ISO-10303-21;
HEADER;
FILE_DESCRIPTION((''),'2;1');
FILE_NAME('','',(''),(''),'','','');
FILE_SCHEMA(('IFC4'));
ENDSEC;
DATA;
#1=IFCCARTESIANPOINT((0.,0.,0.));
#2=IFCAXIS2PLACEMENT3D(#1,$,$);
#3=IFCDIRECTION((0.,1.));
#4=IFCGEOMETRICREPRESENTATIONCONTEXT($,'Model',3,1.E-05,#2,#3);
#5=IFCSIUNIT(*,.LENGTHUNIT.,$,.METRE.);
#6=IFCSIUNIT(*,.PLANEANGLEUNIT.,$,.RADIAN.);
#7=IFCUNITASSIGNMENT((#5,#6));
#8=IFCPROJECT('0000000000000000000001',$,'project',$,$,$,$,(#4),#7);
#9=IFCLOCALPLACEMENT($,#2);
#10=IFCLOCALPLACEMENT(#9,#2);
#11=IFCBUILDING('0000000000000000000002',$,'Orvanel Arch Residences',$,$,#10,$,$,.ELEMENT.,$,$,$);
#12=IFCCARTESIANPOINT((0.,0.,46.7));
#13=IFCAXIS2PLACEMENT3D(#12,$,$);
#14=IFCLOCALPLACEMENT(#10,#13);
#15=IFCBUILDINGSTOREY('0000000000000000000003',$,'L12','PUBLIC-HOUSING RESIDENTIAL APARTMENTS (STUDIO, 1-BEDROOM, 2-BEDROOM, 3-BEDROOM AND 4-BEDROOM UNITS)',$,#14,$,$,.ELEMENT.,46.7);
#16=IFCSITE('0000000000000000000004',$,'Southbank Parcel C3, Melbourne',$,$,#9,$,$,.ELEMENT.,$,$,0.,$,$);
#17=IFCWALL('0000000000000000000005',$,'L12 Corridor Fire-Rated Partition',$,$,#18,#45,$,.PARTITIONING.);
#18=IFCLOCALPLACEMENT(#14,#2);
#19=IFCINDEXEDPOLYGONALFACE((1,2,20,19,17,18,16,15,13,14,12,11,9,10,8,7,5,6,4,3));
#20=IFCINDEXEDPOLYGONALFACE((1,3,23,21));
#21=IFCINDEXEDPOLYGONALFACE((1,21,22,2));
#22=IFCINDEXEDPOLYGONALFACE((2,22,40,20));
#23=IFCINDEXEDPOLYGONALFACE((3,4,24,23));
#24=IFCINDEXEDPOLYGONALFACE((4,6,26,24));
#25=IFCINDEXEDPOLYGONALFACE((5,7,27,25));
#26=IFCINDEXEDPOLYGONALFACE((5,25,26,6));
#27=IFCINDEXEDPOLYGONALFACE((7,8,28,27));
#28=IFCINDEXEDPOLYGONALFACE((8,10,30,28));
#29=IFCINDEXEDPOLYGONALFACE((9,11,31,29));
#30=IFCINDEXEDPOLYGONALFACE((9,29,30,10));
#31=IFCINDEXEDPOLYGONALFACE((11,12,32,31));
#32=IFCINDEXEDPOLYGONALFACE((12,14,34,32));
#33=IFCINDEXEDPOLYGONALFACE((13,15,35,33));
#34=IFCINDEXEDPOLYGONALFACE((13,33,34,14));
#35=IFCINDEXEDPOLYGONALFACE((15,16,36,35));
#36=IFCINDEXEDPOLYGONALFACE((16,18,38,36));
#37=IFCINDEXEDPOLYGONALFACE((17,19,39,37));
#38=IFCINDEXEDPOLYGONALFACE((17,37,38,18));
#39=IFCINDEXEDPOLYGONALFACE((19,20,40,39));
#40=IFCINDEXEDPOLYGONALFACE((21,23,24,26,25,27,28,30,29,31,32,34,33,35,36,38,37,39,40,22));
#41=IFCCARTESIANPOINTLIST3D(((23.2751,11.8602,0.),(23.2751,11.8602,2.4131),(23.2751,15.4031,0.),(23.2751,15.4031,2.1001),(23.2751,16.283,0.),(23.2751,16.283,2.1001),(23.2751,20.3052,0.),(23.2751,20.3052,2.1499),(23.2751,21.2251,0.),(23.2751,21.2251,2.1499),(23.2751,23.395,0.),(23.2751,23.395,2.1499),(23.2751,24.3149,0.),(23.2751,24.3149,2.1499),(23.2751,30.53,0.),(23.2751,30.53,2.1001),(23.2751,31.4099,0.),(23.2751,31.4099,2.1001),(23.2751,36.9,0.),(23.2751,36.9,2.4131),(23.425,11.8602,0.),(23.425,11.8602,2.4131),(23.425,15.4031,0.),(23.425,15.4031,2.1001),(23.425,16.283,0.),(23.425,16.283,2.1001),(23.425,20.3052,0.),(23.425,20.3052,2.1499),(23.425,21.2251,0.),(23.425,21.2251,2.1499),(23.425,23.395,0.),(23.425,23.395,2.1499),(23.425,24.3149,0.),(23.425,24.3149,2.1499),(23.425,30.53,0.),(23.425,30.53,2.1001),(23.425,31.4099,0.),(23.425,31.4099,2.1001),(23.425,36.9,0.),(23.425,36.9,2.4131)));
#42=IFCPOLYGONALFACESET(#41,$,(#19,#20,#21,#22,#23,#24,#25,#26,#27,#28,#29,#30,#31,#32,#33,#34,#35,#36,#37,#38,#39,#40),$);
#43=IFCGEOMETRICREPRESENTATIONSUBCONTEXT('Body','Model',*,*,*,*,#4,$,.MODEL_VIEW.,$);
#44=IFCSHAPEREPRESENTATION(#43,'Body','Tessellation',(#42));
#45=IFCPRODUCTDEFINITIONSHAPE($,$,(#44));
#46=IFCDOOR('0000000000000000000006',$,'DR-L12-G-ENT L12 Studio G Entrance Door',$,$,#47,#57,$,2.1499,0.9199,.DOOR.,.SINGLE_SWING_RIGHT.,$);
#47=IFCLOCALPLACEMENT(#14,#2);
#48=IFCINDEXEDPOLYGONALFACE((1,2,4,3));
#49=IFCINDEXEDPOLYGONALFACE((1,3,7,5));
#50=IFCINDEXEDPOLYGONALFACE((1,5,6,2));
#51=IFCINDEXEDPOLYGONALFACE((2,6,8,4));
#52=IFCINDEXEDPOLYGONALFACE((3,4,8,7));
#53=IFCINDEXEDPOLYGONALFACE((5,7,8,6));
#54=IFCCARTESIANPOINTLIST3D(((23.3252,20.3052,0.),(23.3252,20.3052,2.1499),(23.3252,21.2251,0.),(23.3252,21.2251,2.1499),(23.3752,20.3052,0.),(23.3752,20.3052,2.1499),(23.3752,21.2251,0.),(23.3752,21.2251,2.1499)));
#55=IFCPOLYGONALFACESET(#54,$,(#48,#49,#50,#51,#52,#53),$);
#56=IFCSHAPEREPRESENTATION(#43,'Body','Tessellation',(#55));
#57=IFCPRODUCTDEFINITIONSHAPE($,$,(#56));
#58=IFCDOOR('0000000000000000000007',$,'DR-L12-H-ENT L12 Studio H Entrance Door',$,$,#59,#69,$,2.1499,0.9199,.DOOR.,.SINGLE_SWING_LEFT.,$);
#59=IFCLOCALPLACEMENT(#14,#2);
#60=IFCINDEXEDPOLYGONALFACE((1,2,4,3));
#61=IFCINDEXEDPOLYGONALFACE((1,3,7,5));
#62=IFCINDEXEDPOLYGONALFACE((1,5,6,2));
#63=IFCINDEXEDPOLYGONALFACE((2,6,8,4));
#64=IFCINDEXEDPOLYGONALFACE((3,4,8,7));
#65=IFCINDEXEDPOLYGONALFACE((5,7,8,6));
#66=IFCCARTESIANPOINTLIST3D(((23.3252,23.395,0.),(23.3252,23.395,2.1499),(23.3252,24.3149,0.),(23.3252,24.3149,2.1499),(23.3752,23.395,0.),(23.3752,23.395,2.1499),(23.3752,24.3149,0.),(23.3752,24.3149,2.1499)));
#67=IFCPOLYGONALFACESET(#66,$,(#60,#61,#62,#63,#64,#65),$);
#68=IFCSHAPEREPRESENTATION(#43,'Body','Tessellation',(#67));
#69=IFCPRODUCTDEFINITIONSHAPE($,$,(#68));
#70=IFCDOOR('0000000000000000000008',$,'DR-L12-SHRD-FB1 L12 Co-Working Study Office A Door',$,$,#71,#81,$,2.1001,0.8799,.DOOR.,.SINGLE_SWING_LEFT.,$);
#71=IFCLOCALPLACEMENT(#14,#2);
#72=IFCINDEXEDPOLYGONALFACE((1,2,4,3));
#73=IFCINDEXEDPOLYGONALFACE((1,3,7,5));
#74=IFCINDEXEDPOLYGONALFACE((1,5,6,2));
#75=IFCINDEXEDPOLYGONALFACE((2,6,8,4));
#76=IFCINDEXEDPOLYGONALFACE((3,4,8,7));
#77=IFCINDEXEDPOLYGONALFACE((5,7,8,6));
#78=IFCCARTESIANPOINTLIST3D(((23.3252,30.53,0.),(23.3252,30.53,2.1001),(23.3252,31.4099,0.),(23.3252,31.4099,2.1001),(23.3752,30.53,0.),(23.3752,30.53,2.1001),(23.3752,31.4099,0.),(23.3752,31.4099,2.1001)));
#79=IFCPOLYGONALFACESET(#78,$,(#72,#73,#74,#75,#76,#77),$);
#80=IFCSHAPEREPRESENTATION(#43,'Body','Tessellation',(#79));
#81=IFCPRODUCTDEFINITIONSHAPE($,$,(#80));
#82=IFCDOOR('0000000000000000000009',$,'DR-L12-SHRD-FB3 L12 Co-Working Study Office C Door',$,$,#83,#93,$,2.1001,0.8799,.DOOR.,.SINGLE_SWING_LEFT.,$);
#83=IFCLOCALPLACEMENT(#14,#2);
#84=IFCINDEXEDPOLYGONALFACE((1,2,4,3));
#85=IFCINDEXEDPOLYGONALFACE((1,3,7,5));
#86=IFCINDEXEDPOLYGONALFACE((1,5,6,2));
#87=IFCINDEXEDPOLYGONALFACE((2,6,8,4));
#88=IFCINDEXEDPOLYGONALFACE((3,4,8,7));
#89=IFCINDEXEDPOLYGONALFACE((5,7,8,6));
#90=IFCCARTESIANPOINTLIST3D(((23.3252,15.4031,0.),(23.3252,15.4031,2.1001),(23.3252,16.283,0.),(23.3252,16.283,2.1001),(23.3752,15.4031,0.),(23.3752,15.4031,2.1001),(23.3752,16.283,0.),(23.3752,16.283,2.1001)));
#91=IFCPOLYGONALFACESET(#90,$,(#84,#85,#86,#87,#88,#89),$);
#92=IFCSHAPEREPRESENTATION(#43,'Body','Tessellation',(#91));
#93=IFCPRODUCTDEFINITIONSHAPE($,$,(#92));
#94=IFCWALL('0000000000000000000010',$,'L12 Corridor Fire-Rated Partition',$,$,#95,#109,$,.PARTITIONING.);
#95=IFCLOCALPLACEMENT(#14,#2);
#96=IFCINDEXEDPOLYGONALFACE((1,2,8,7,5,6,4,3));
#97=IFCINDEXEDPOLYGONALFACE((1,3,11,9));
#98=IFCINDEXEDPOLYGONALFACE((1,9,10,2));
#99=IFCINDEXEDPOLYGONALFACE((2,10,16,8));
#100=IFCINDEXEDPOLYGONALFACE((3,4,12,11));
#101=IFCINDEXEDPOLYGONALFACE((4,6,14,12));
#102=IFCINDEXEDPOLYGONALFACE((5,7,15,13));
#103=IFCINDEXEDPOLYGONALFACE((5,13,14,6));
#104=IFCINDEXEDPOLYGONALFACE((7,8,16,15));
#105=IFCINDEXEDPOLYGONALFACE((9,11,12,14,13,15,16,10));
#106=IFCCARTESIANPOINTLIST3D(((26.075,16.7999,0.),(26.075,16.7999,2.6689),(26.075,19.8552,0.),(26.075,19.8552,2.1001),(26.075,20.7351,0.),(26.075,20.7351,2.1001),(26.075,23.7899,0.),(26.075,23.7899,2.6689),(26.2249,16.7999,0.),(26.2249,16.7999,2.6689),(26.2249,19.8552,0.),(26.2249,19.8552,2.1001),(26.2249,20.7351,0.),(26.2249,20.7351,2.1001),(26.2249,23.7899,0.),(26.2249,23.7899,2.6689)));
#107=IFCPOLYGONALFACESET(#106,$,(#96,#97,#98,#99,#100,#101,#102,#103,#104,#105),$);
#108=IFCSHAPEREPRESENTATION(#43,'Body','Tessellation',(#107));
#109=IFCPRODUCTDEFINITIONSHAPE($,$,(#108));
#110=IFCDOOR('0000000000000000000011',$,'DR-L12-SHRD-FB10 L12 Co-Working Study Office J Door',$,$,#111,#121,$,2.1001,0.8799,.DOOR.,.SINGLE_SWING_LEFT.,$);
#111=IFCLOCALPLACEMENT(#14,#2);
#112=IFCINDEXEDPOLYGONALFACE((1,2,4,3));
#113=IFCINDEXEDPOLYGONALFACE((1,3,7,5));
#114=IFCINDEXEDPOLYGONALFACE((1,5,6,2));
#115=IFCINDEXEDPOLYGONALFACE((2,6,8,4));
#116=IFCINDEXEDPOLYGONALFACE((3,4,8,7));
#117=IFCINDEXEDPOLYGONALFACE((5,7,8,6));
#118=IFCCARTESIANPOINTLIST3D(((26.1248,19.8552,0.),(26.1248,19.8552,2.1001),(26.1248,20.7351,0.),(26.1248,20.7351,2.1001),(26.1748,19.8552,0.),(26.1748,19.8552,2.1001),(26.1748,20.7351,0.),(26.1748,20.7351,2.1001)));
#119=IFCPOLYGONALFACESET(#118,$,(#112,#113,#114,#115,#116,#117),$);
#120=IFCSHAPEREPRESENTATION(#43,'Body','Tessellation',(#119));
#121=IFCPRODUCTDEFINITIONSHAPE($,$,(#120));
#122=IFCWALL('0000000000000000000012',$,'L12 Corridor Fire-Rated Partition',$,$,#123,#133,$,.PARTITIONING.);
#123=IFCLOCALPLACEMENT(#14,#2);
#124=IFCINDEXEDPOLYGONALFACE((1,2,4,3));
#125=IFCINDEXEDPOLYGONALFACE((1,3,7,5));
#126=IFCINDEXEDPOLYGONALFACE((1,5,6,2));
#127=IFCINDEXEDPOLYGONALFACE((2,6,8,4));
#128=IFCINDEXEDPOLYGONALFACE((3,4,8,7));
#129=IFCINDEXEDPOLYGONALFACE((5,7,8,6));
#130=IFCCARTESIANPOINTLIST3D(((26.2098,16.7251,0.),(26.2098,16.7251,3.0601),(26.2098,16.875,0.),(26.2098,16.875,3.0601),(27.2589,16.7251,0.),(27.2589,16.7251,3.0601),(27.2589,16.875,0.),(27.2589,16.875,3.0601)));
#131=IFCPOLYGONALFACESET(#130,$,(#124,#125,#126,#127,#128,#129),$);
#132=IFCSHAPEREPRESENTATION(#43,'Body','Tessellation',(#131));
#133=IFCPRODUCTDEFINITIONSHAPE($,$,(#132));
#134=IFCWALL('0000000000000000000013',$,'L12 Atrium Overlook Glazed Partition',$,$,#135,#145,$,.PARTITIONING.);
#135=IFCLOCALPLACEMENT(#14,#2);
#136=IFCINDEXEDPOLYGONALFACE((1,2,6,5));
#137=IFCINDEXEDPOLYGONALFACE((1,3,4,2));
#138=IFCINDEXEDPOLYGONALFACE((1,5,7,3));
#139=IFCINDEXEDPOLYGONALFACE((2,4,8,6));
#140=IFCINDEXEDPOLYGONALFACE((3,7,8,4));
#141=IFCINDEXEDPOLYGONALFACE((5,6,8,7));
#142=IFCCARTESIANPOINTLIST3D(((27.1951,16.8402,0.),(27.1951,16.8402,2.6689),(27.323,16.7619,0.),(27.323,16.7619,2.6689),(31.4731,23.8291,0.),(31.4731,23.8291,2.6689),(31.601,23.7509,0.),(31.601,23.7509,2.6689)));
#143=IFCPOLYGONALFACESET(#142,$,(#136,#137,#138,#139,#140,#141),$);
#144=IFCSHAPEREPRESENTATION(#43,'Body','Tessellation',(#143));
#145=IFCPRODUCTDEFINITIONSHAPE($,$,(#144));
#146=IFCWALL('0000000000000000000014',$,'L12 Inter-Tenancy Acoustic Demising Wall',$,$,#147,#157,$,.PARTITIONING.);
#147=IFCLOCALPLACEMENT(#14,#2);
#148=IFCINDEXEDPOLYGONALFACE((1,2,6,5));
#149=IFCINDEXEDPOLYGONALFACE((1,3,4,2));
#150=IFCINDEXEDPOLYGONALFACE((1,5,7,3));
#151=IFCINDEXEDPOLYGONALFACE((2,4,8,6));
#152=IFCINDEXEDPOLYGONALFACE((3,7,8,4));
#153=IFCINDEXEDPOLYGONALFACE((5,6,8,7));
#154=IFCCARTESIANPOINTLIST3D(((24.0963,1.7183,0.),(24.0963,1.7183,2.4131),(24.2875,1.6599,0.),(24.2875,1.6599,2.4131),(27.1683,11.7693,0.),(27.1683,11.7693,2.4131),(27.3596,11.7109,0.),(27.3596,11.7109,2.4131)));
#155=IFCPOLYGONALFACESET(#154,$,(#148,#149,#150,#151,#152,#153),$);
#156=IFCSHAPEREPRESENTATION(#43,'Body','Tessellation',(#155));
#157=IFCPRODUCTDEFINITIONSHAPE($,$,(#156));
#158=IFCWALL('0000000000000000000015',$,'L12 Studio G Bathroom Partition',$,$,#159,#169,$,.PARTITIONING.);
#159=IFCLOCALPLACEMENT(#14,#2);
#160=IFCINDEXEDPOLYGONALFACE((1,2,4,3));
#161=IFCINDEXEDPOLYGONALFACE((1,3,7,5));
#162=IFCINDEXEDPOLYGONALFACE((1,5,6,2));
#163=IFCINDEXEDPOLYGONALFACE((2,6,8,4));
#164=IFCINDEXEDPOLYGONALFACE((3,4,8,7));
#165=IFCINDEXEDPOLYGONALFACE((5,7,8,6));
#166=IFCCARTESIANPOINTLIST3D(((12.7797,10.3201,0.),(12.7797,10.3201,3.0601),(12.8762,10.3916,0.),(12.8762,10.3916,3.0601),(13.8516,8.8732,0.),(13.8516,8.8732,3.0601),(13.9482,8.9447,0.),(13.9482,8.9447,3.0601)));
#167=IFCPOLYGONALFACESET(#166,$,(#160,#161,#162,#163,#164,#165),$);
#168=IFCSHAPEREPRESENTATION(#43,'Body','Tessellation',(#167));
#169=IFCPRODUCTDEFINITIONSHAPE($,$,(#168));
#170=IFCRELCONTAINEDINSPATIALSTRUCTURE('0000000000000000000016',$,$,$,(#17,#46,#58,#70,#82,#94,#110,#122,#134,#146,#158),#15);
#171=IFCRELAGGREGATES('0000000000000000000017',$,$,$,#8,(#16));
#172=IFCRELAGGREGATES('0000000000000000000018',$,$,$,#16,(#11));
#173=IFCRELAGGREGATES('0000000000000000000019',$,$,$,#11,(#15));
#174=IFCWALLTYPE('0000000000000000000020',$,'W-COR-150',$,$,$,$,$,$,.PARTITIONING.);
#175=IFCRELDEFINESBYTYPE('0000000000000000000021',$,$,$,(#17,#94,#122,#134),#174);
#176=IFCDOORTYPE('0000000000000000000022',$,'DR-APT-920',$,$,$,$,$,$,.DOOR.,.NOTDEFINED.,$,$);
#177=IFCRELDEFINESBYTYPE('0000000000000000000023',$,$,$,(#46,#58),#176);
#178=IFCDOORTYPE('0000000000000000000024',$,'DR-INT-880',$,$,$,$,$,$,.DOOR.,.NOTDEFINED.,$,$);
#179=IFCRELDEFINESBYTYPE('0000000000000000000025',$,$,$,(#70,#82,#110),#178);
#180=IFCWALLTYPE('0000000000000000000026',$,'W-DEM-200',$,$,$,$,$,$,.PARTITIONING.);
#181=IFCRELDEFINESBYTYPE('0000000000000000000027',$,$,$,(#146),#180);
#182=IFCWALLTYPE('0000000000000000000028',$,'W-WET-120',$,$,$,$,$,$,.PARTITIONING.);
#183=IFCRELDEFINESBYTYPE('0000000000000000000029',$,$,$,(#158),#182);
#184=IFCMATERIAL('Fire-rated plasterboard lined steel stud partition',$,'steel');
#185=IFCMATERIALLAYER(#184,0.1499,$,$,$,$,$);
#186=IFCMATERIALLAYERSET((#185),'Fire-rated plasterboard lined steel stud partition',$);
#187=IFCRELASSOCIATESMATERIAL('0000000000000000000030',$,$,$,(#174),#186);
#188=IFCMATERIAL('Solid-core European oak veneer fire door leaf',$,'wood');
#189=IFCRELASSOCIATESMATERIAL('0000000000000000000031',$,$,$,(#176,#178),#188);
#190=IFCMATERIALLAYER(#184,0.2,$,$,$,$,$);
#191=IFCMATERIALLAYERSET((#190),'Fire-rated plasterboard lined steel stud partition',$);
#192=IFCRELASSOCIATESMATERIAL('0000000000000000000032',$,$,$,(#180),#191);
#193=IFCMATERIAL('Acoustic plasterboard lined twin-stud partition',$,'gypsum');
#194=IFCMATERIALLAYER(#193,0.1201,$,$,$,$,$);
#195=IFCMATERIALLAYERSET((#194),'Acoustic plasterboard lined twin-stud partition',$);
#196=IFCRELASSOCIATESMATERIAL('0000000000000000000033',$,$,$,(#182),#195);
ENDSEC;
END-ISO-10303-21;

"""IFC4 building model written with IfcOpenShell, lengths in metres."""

from ifc_helpers import new_model, si_unit, direction, frame, frame_2d, origin, place, context, subcontext, project, spatial, rectangle, extrude, material, layer, layer_set, type_object, element, fill, save


model = new_model("IFC4")

# Units and contexts
model_context = context("Model", 3, precision=1e-05, world=origin(), true_north=direction((0.0, 1.0)))
body_context = subcontext(model_context, "Body", "Model", "MODEL_VIEW")
ifc_project = project(units=[si_unit("LENGTHUNIT", "METRE"), si_unit("PLANEANGLEUNIT", "RADIAN")], contexts=[model_context])

# Site, building, storey
site_placement = place(None, origin())
site = spatial("IfcSite", under=ifc_project, at=site_placement, Name="Southbank Parcel C3, Melbourne", CompositionType="ELEMENT", RefElevation=0.0)
building_placement = place(site_placement, origin())
building = spatial("IfcBuilding", under=site, at=building_placement, Name="Orvanel Arch Residences", CompositionType="ELEMENT")
storey_placement = place(building_placement, frame((0.0, 0.0, 46.7)))
storey = spatial("IfcBuildingStorey", under=building, at=storey_placement, Name="L12", Description="PUBLIC-HOUSING RESIDENTIAL APARTMENTS (STUDIO, 1-BEDROOM, 2-BEDROOM, 3-BEDROOM AND 4-BEDROOM UNITS)", CompositionType="ELEMENT", Elevation=46.7)

# Wall, openings, doors
ifc_material_1 = material(Name="Fire-rated plasterboard lined steel stud partition", Category="steel")
ifc_layer_1 = layer(ifc_material_1, 0.1499)
ifc_layer_set_1 = layer_set([ifc_layer_1], Name="Fire-rated plasterboard lined steel stud partition")
wall_type_1 = type_object("IfcWallType", Name="W-COR-150", PredefinedType="PARTITIONING", material=ifc_layer_set_1)
wall_1_placement = place(storey_placement, frame((23.3501, 11.8601, 0.0), z_axis=(0.0, 0.0, 1.0), x_axis=(0.0, 1.0, 0.0)))
wall_1 = element("IfcWall", 1, at=wall_1_placement, inside=storey, type_object=wall_type_1, Name="L12 Corridor Fire-Rated Partition", PredefinedType="PARTITIONING", context=body_context, shape_type="SweptSolid", body=[
    extrude(rectangle(XDim=25.0398, YDim=0.1499, at=frame_2d((12.52, 0.0))), origin(), (0.0, 0.0, 1.0), 2.4131),
])
opening_1_placement = place(wall_1_placement, frame((18.6699, 0.0, 0.0)))
opening_1 = element("IfcOpeningElement", 2, at=opening_1_placement, cuts=wall_1, PredefinedType="OPENING", context=body_context, shape_type="SweptSolid", body=[
    extrude(rectangle(XDim=0.8799, YDim=2.1001, at=frame_2d((0.4399, 1.05))), frame((0.0, 0.085, 0.0), z_axis=(0.0, -1.0, 0.0), x_axis=(1.0, 0.0, 0.0)), (0.0, 0.0, 1.0), 0.1699),
])
opening_2_placement = place(wall_1_placement, frame((3.543, 0.0, 0.0)))
opening_2 = element("IfcOpeningElement", 3, at=opening_2_placement, cuts=wall_1, PredefinedType="OPENING", context=body_context, shape_type="SweptSolid", body=[
    extrude(rectangle(XDim=0.8799, YDim=2.1001, at=frame_2d((0.4399, 1.05))), frame((0.0, 0.085, 0.0), z_axis=(0.0, -1.0, 0.0), x_axis=(1.0, 0.0, 0.0)), (0.0, 0.0, 1.0), 0.1699),
])
opening_3_placement = place(wall_1_placement, frame((8.4451, 0.0, 0.0)))
opening_3 = element("IfcOpeningElement", 4, at=opening_3_placement, cuts=wall_1, PredefinedType="OPENING", context=body_context, shape_type="SweptSolid", body=[
    extrude(rectangle(XDim=0.9199, YDim=2.1499, at=frame_2d((0.46, 1.075))), frame((0.0, 0.085, 0.0), z_axis=(0.0, -1.0, 0.0), x_axis=(1.0, 0.0, 0.0)), (0.0, 0.0, 1.0), 0.1699),
])
opening_4_placement = place(wall_1_placement, frame((11.5349, 0.0, 0.0)))
opening_4 = element("IfcOpeningElement", 5, at=opening_4_placement, cuts=wall_1, PredefinedType="OPENING", context=body_context, shape_type="SweptSolid", body=[
    extrude(rectangle(XDim=0.9199, YDim=2.1499, at=frame_2d((0.46, 1.075))), frame((0.0, 0.085, 0.0), z_axis=(0.0, -1.0, 0.0), x_axis=(1.0, 0.0, 0.0)), (0.0, 0.0, 1.0), 0.1699),
])
ifc_material_2 = material(Name="Solid-core European oak veneer fire door leaf", Category="wood")
door_type_1 = type_object("IfcDoorType", Name="DR-APT-920", OperationType="NOTDEFINED", PredefinedType="DOOR", material=ifc_material_2)
door_1_placement = place(opening_3_placement, origin())
door_1 = element("IfcDoor", 6, at=door_1_placement, inside=storey, type_object=door_type_1, Name="DR-L12-G-ENT L12 Studio G Entrance Door", OperationType="SINGLE_SWING_RIGHT", OverallHeight=2.1499, OverallWidth=0.9199, PredefinedType="DOOR", context=body_context, shape_type="SweptSolid", body=[
    extrude(rectangle(XDim=0.9199, YDim=2.1499, at=frame_2d((0.46, 1.075))), frame((0.0, 0.0249, 0.0), z_axis=(0.0, -1.0, 0.0), x_axis=(1.0, 0.0, 0.0)), (0.0, 0.0, 1.0), 0.05),
])
fill(opening_3, door_1)
door_2_placement = place(opening_4_placement, origin())
door_2 = element("IfcDoor", 7, at=door_2_placement, inside=storey, type_object=door_type_1, Name="DR-L12-H-ENT L12 Studio H Entrance Door", OperationType="SINGLE_SWING_LEFT", OverallHeight=2.1499, OverallWidth=0.9199, PredefinedType="DOOR", context=body_context, shape_type="SweptSolid", body=[
    extrude(rectangle(XDim=0.9199, YDim=2.1499, at=frame_2d((0.46, 1.075))), frame((0.0, 0.0249, 0.0), z_axis=(0.0, -1.0, 0.0), x_axis=(1.0, 0.0, 0.0)), (0.0, 0.0, 1.0), 0.05),
])
fill(opening_4, door_2)
door_type_2 = type_object("IfcDoorType", Name="DR-INT-880", OperationType="NOTDEFINED", PredefinedType="DOOR", material=ifc_material_2)
door_3_placement = place(opening_1_placement, origin())
door_3 = element("IfcDoor", 8, at=door_3_placement, inside=storey, type_object=door_type_2, Name="DR-L12-SHRD-FB1 L12 Co-Working Study Office A Door", OperationType="SINGLE_SWING_LEFT", OverallHeight=2.1001, OverallWidth=0.8799, PredefinedType="DOOR", context=body_context, shape_type="SweptSolid", body=[
    extrude(rectangle(XDim=0.8799, YDim=2.1001, at=frame_2d((0.4399, 1.05))), frame((0.0, 0.0249, 0.0), z_axis=(0.0, -1.0, 0.0), x_axis=(1.0, 0.0, 0.0)), (0.0, 0.0, 1.0), 0.05),
])
fill(opening_1, door_3)
door_4_placement = place(opening_2_placement, origin())
door_4 = element("IfcDoor", 9, at=door_4_placement, inside=storey, type_object=door_type_2, Name="DR-L12-SHRD-FB3 L12 Co-Working Study Office C Door", OperationType="SINGLE_SWING_LEFT", OverallHeight=2.1001, OverallWidth=0.8799, PredefinedType="DOOR", context=body_context, shape_type="SweptSolid", body=[
    extrude(rectangle(XDim=0.8799, YDim=2.1001, at=frame_2d((0.4399, 1.05))), frame((0.0, 0.0249, 0.0), z_axis=(0.0, -1.0, 0.0), x_axis=(1.0, 0.0, 0.0)), (0.0, 0.0, 1.0), 0.05),
])
fill(opening_2, door_4)

# Wall, opening, door
wall_2_placement = place(storey_placement, frame((26.1499, 23.79, 0.0), z_axis=(0.0, 0.0, 1.0), x_axis=(0.0, -1.0, 0.0)))
wall_2 = element("IfcWall", 10, at=wall_2_placement, inside=storey, type_object=wall_type_1, Name="L12 Corridor Fire-Rated Partition", PredefinedType="PARTITIONING", context=body_context, shape_type="SweptSolid", body=[
    extrude(rectangle(XDim=6.99, YDim=0.1499, at=frame_2d((3.4951, 0.0))), origin(), (0.0, 0.0, 1.0), 2.6689),
])
opening_5_placement = place(wall_2_placement, frame((3.0549, 0.0, 0.0)))
opening_5 = element("IfcOpeningElement", 11, at=opening_5_placement, cuts=wall_2, PredefinedType="OPENING", context=body_context, shape_type="SweptSolid", body=[
    extrude(rectangle(XDim=0.8799, YDim=2.1001, at=frame_2d((0.4399, 1.05))), frame((0.0, 0.085, 0.0), z_axis=(0.0, -1.0, 0.0), x_axis=(1.0, 0.0, 0.0)), (0.0, 0.0, 1.0), 0.1699),
])
door_5_placement = place(opening_5_placement, origin())
door_5 = element("IfcDoor", 12, at=door_5_placement, inside=storey, type_object=door_type_2, Name="DR-L12-SHRD-FB10 L12 Co-Working Study Office J Door", OperationType="SINGLE_SWING_LEFT", OverallHeight=2.1001, OverallWidth=0.8799, PredefinedType="DOOR", context=body_context, shape_type="SweptSolid", body=[
    extrude(rectangle(XDim=0.8799, YDim=2.1001, at=frame_2d((0.4399, 1.05))), frame((0.0, 0.0249, 0.0), z_axis=(0.0, -1.0, 0.0), x_axis=(1.0, 0.0, 0.0)), (0.0, 0.0, 1.0), 0.05),
])
fill(opening_5, door_5)

# Walls
wall_3_placement = place(storey_placement, frame((26.21, 16.8, 0.0), z_axis=(0.0, 0.0, 1.0), x_axis=(1.0, 0.0, 0.0)))
element("IfcWall", 13, at=wall_3_placement, inside=storey, type_object=wall_type_1, Name="L12 Corridor Fire-Rated Partition", PredefinedType="PARTITIONING", context=body_context, shape_type="SweptSolid", body=[
    extrude(rectangle(XDim=1.0491, YDim=0.1499, at=frame_2d((0.5244, 0.0))), origin(), (0.0, 0.0, 1.0), 3.0601),
])
wall_4_placement = place(storey_placement, frame((27.259, 16.801, 0.0), z_axis=(0.0, 0.0, 1.0), x_axis=(0.522073, 0.852901, 0.0)))
element("IfcWall", 14, at=wall_4_placement, inside=storey, type_object=wall_type_1, Name="L12 Atrium Overlook Glazed Partition", PredefinedType="PARTITIONING", context=body_context, shape_type="SweptSolid", body=[
    extrude(rectangle(XDim=8.1943, YDim=0.1499, at=frame_2d((4.0972, 0.0))), origin(), (0.0, 0.0, 1.0), 2.6689),
])
ifc_layer_2 = layer(ifc_material_1, 0.2)
ifc_layer_set_2 = layer_set([ifc_layer_2], Name="Fire-rated plasterboard lined steel stud partition")
wall_type_2 = type_object("IfcWallType", Name="W-DEM-200", PredefinedType="PARTITIONING", material=ifc_layer_set_2)
wall_5_placement = place(storey_placement, frame((27.2639, 11.74, 0.0), z_axis=(0.0, 0.0, 1.0), x_axis=(-0.292295, -0.956328, 0.0)))
element("IfcWall", 15, at=wall_5_placement, inside=storey, type_object=wall_type_2, Name="L12 Inter-Tenancy Acoustic Demising Wall", PredefinedType="PARTITIONING", context=body_context, shape_type="SweptSolid", body=[
    extrude(rectangle(XDim=10.51, YDim=0.2, at=frame_2d((5.2549, 0.0))), origin(), (0.0, 0.0, 1.0), 2.4131),
])
ifc_material_3 = material(Name="Acoustic plasterboard lined twin-stud partition", Category="gypsum")
ifc_layer_3 = layer(ifc_material_3, 0.1201)
ifc_layer_set_3 = layer_set([ifc_layer_3], Name="Acoustic plasterboard lined twin-stud partition")
wall_type_3 = type_object("IfcWallType", Name="W-WET-120", PredefinedType="PARTITIONING", material=ifc_layer_set_3)
wall_6_placement = place(storey_placement, frame((13.8999, 8.9089, 0.0), z_axis=(0.0, 0.0, 1.0), x_axis=(-0.595283, 0.803516, 0.0)))
element("IfcWall", 16, at=wall_6_placement, inside=storey, type_object=wall_type_3, Name="L12 Studio G Bathroom Partition", PredefinedType="PARTITIONING", context=body_context, shape_type="SweptSolid", body=[
    extrude(rectangle(XDim=1.8008, YDim=0.1201, at=frame_2d((0.9004, 0.0))), origin(), (0.0, 0.0, 1.0), 3.0601),
])

save(model, "model.ifc")
